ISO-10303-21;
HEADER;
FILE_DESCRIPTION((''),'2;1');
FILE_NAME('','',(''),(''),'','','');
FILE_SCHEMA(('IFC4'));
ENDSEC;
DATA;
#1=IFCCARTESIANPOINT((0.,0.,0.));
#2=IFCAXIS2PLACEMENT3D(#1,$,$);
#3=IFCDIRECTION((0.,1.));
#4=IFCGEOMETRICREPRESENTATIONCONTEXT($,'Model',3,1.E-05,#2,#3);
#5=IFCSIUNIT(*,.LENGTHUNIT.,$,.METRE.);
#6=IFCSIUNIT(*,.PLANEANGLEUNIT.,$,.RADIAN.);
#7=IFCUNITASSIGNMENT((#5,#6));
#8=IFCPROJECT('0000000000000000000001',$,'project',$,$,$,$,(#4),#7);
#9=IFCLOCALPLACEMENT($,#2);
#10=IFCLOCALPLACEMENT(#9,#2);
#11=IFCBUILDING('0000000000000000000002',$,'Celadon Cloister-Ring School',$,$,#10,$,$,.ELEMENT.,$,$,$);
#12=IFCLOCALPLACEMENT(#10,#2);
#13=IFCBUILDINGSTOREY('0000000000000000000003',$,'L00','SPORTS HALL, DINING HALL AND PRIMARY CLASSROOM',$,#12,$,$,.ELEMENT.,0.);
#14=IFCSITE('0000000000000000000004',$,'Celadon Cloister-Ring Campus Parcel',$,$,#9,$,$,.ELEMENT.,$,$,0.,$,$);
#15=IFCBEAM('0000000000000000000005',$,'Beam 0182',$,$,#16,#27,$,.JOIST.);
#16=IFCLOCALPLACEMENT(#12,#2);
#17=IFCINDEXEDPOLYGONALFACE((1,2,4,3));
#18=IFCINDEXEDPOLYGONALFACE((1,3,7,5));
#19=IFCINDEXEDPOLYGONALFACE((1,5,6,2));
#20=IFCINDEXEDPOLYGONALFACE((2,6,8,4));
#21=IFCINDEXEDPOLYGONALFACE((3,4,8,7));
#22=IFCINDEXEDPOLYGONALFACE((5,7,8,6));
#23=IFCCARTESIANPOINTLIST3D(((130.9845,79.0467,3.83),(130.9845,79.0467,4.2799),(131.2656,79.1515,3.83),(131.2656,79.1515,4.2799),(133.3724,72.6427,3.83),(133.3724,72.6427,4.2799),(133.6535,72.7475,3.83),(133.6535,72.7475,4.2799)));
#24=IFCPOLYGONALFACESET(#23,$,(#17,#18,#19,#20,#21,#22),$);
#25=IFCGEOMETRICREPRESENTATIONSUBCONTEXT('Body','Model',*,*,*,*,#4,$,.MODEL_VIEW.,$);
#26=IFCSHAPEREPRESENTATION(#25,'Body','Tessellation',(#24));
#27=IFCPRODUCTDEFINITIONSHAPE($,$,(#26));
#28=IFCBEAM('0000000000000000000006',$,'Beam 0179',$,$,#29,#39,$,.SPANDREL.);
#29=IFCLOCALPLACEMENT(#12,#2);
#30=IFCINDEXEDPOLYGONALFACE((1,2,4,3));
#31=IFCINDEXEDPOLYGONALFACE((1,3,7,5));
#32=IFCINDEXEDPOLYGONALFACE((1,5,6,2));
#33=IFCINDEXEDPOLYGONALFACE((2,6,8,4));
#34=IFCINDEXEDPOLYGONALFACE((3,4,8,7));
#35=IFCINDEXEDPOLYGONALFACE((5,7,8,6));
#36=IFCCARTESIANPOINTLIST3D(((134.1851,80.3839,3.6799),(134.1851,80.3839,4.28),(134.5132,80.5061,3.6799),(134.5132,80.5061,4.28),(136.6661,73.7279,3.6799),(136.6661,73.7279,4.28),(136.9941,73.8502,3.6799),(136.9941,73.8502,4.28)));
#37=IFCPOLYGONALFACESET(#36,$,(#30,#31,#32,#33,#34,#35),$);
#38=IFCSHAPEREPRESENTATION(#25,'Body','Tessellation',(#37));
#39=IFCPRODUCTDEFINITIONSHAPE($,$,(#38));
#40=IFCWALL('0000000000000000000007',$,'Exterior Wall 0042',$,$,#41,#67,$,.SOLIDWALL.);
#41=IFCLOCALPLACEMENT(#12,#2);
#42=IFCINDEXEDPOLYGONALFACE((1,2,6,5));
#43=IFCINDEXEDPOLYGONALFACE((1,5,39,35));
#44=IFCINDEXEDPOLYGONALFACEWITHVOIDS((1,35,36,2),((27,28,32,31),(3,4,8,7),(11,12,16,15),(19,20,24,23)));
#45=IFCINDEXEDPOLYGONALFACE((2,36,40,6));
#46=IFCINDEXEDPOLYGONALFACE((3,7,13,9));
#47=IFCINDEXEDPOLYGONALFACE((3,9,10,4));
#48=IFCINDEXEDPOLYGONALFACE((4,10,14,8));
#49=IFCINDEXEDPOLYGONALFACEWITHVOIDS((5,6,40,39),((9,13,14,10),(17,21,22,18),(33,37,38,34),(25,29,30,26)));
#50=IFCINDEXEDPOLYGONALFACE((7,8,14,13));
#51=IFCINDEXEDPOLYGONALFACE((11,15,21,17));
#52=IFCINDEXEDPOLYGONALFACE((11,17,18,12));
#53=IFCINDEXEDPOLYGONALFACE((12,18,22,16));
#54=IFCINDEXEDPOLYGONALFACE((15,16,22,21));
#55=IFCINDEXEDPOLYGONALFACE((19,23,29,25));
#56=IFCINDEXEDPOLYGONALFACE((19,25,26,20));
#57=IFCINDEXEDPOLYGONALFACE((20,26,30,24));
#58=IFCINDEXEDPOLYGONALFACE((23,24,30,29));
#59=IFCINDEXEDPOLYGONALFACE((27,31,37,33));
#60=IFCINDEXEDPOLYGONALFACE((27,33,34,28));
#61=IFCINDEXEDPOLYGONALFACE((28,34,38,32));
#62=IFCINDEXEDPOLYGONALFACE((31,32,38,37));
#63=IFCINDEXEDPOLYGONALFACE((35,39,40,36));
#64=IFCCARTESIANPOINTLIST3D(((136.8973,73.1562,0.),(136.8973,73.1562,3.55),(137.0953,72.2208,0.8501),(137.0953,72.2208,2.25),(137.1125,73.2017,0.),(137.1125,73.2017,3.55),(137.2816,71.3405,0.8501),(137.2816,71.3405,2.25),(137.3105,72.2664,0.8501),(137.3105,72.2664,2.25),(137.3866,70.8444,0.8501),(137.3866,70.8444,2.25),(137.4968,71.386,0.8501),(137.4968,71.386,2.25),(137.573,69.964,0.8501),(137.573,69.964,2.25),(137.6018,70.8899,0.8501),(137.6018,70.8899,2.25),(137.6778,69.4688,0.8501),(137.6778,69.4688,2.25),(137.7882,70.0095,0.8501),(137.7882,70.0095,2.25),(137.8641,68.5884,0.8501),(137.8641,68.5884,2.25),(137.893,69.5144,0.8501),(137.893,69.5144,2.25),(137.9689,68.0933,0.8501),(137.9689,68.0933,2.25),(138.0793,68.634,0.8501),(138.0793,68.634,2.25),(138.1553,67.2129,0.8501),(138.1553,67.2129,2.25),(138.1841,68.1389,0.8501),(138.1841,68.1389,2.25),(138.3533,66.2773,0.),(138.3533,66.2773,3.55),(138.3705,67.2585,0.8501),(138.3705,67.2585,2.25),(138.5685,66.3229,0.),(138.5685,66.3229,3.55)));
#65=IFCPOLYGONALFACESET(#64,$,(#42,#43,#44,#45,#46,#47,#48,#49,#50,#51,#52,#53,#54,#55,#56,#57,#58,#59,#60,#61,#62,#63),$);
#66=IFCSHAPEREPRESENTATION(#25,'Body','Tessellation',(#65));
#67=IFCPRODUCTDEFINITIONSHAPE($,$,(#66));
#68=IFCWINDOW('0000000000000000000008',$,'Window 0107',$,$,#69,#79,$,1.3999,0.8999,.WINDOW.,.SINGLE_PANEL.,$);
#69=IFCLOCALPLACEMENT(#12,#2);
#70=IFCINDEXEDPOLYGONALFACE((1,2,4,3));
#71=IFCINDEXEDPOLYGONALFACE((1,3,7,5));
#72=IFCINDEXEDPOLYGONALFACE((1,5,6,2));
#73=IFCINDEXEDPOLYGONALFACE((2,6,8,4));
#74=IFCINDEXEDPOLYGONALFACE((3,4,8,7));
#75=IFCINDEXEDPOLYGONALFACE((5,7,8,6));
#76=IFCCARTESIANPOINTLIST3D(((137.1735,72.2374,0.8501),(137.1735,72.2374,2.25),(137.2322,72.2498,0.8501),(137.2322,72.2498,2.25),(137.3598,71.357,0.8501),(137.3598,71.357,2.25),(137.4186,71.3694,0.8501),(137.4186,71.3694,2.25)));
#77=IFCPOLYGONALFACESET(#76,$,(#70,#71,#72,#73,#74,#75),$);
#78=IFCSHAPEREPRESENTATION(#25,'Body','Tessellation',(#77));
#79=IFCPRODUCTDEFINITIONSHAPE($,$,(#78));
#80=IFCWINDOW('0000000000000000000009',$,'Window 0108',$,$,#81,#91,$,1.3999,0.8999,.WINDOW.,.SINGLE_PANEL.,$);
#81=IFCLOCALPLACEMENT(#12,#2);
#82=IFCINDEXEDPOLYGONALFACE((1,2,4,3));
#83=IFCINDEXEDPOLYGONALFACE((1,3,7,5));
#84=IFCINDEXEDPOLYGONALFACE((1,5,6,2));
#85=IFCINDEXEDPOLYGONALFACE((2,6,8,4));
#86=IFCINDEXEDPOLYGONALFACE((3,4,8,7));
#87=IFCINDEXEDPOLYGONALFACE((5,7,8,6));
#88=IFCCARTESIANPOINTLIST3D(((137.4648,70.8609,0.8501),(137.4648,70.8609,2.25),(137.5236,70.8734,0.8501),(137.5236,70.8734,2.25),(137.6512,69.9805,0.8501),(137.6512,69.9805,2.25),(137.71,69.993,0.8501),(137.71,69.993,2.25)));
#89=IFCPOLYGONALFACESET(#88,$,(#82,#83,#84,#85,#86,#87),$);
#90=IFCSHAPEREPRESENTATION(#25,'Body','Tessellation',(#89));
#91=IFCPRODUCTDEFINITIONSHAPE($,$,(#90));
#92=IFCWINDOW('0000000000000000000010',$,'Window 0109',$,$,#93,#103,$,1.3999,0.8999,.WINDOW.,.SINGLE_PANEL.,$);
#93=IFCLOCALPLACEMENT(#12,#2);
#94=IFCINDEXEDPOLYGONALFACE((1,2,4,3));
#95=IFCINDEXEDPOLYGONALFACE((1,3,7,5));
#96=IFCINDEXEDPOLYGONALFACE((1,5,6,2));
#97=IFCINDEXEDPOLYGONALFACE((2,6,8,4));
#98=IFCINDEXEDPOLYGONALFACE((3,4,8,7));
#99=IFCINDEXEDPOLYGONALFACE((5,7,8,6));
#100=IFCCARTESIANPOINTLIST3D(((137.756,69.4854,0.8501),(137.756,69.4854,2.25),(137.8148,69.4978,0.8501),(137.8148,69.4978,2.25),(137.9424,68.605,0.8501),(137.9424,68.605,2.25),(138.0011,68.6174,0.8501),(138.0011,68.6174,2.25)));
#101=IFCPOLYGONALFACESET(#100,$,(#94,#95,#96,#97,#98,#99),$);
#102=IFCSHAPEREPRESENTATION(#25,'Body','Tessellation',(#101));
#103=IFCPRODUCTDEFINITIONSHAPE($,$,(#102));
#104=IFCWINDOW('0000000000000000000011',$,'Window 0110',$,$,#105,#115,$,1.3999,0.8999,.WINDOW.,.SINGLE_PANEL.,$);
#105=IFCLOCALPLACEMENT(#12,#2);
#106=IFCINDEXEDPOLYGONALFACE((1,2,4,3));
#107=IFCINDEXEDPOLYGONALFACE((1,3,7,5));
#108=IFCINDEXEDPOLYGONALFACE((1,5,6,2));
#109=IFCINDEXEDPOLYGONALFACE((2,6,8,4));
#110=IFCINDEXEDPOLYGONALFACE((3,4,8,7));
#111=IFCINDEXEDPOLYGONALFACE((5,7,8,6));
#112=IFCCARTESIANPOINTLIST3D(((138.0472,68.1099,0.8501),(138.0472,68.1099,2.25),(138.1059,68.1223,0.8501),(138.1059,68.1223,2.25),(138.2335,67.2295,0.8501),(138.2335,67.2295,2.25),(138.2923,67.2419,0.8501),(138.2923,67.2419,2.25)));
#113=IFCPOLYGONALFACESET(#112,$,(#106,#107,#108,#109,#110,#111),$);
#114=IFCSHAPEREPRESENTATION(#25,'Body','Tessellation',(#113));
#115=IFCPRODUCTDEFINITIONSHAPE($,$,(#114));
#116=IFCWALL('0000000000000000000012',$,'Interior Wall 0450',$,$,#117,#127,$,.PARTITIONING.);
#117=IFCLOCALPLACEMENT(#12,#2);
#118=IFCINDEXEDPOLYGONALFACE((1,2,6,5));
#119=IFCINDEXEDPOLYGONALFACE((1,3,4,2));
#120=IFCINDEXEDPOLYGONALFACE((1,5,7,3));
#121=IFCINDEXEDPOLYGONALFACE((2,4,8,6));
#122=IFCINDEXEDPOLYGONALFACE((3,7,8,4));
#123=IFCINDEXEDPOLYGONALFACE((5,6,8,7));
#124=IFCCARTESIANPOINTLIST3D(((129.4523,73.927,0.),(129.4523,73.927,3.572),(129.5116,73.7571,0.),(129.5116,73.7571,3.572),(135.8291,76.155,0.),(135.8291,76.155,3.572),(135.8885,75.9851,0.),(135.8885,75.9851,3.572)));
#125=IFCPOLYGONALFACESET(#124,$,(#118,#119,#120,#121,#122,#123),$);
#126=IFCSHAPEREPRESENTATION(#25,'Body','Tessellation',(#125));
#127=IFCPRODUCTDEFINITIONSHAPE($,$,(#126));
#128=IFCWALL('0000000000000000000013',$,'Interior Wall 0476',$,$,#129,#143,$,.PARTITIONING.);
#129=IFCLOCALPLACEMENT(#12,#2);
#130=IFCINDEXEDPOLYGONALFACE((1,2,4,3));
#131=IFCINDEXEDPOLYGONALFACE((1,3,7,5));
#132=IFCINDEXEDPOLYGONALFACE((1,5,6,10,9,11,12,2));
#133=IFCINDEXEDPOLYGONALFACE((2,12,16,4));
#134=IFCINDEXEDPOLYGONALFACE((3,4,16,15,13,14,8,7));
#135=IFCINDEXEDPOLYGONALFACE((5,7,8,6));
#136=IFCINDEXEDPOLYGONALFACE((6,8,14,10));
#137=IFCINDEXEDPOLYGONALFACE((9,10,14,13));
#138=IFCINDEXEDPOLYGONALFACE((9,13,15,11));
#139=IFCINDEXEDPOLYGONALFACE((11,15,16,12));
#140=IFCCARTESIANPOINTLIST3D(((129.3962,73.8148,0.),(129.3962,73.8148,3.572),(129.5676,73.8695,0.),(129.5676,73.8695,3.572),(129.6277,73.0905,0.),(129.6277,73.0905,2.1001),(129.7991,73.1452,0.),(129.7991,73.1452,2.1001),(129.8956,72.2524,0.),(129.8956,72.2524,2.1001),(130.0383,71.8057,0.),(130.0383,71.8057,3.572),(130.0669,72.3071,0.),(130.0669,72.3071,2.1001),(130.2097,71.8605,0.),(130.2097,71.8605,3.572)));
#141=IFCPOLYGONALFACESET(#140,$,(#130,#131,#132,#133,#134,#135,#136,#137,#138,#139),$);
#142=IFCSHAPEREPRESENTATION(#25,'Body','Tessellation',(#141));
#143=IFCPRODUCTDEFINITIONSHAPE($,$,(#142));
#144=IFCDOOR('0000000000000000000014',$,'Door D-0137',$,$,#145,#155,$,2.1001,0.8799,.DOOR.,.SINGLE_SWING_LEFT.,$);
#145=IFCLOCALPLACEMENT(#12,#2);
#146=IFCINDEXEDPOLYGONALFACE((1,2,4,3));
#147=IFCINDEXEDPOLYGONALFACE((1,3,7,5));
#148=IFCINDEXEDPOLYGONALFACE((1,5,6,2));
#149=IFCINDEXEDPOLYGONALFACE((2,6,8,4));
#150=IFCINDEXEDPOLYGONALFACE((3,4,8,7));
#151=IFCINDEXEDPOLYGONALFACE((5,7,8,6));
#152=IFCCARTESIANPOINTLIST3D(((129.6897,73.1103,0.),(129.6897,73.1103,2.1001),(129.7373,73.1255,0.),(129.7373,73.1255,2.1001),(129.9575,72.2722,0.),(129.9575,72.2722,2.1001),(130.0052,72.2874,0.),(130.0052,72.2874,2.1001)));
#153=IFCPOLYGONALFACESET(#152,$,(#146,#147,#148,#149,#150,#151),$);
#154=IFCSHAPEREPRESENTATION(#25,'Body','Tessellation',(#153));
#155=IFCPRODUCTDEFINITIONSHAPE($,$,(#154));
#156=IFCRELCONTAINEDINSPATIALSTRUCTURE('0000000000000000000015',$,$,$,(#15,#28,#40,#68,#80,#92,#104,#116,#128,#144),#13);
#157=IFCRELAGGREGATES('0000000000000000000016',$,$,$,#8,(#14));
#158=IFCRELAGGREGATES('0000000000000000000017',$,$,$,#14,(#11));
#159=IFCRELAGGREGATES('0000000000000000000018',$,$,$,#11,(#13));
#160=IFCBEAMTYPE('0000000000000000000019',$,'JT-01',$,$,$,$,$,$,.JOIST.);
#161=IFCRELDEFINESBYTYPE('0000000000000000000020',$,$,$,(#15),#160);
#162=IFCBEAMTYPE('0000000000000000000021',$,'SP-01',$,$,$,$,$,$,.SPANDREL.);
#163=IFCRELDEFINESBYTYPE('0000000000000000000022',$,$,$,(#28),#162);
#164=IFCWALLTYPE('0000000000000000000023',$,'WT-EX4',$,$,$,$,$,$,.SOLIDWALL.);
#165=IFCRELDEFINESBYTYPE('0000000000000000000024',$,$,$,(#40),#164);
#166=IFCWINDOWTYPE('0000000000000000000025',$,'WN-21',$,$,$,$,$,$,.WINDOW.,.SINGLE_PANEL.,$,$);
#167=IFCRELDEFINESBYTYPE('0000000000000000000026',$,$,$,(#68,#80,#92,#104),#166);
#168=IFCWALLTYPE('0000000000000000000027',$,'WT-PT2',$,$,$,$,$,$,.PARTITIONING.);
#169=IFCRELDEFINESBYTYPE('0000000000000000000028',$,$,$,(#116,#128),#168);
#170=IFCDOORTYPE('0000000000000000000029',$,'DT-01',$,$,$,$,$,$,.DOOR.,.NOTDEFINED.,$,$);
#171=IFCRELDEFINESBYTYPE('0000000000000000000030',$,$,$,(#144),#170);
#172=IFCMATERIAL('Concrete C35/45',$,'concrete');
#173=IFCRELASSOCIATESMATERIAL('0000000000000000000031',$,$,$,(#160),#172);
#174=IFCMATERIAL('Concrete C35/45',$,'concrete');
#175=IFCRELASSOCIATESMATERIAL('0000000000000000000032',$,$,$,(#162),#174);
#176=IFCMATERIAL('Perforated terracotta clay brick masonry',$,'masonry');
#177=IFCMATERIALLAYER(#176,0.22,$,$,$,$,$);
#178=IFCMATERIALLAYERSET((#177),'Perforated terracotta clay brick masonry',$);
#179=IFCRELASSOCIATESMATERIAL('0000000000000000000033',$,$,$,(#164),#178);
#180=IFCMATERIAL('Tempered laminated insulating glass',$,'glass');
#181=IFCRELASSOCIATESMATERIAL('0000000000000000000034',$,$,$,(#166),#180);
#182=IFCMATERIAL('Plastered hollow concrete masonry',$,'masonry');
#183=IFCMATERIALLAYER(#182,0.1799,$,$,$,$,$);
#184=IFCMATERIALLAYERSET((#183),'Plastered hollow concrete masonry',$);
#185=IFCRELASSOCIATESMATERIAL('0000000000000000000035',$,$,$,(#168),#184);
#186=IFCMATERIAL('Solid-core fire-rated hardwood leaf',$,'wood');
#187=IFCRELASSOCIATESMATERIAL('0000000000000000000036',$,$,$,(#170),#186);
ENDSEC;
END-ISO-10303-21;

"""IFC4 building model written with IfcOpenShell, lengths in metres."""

from ifc_helpers import new_model, si_unit, direction, frame, frame_2d, origin, origin_2d, place, context, subcontext, project, spatial, rectangle, extrude, material, layer, layer_set, material_profile, profile_set, type_object, element, fill, save


model = new_model("IFC4")

# Units and contexts
model_context = context("Model", 3, precision=1e-05, world=origin(), true_north=direction((0.0, 1.0)))
body_context = subcontext(model_context, "Body", "Model", "MODEL_VIEW")
ifc_project = project(units=[si_unit("LENGTHUNIT", "METRE"), si_unit("PLANEANGLEUNIT", "RADIAN")], contexts=[model_context])

# Site, building, storey
site_placement = place(None, origin())
site = spatial("IfcSite", under=ifc_project, at=site_placement, Name="Celadon Cloister-Ring Campus Parcel", CompositionType="ELEMENT", RefElevation=0.0)
building_placement = place(site_placement, origin())
building = spatial("IfcBuilding", under=site, at=building_placement, Name="Celadon Cloister-Ring School", CompositionType="ELEMENT")
storey_placement = place(building_placement, origin())
storey = spatial("IfcBuildingStorey", under=building, at=storey_placement, Name="L00", Description="SPORTS HALL, DINING HALL AND PRIMARY CLASSROOM", CompositionType="ELEMENT", Elevation=0.0)

# Beams
ifc_material_1 = material(Name="Concrete C35/45", Category="concrete")
ifc_material_profile_1 = material_profile(ifc_material_1, rectangle(XDim=0.3, YDim=0.45, at=origin_2d()), Name="RC300X450")
ifc_profile_set_1 = profile_set([ifc_material_profile_1], Name="Concrete C35/45")
beam_type_1 = type_object("IfcBeamType", Name="JT-01", PredefinedType="JOIST", material=ifc_profile_set_1)
beam_1_placement = place(storey_placement, frame((133.5129, 72.6951, 4.0549), z_axis=(-0.349381, 0.936981, 0.0), x_axis=(-0.936981, -0.349381, 0.0)))
element("IfcBeam", 1, at=beam_1_placement, inside=storey, type_object=beam_type_1, Name="Beam 0182", PredefinedType="JOIST", context=body_context, shape_type="SweptSolid", body=[
    extrude(rectangle(XDim=0.3, YDim=0.45, at=origin_2d()), origin(), (0.0, 0.0, 1.0), 6.8347),
])
ifc_material_2 = material(Name="Concrete C35/45", Category="concrete")
ifc_material_profile_2 = material_profile(ifc_material_2, rectangle(XDim=0.3501, YDim=0.6001, at=origin_2d()), Name="RC350X600")
ifc_profile_set_2 = profile_set([ifc_material_profile_2], Name="Concrete C35/45")
beam_type_2 = type_object("IfcBeamType", Name="SP-01", PredefinedType="SPANDREL", material=ifc_profile_set_2)
beam_2_placement = place(storey_placement, frame((136.8301, 73.7891, 3.98), z_axis=(-0.349266, 0.937024, 0.0), x_axis=(-0.937024, -0.349266, 0.0)))
element("IfcBeam", 2, at=beam_2_placement, inside=storey, type_object=beam_type_2, Name="Beam 0179", PredefinedType="SPANDREL", context=body_context, shape_type="SweptSolid", body=[
    extrude(rectangle(XDim=0.3501, YDim=0.6001, at=origin_2d()), origin(), (0.0, 0.0, 1.0), 7.1033),
])

# Wall, openings, windows
ifc_material_3 = material(Name="Perforated terracotta clay brick masonry", Category="masonry")
ifc_layer_1 = layer(ifc_material_3, 0.22)
ifc_layer_set_1 = layer_set([ifc_layer_1], Name="Perforated terracotta clay brick masonry")
wall_type_1 = type_object("IfcWallType", Name="WT-EX4", PredefinedType="SOLIDWALL", material=ifc_layer_set_1)
wall_1_placement = place(storey_placement, frame((137.0049, 73.179, 0.0), z_axis=(0.0, 0.0, 1.0), x_axis=(0.207081, -0.978324, 0.0)))
wall_1 = element("IfcWall", 3, at=wall_1_placement, inside=storey, type_object=wall_type_1, Name="Exterior Wall 0042", PredefinedType="SOLIDWALL", context=body_context, shape_type="SweptSolid", body=[
    extrude(rectangle(XDim=7.0312, YDim=0.22, at=frame_2d((3.5156, 0.0))), origin(), (0.0, 0.0, 1.0), 3.55),
])
opening_1_placement = place(wall_1_placement, frame((0.9561, 0.0, 0.8501)))
opening_1 = element("IfcOpeningElement", 4, at=opening_1_placement, cuts=wall_1, PredefinedType="OPENING", context=body_context, shape_type="SweptSolid", body=[
    extrude(rectangle(XDim=0.8999, YDim=1.3999, at=frame_2d((0.45, 0.7))), frame((0.0, 0.1201, 0.0), z_axis=(0.0, -1.0, 0.0), x_axis=(1.0, 0.0, 0.0)), (0.0, 0.0, 1.0), 0.24),
])
opening_2_placement = place(wall_1_placement, frame((2.363, 0.0, 0.8501)))
opening_2 = element("IfcOpeningElement", 5, at=opening_2_placement, cuts=wall_1, PredefinedType="OPENING", context=body_context, shape_type="SweptSolid", body=[
    extrude(rectangle(XDim=0.8999, YDim=1.3999, at=frame_2d((0.45, 0.7))), frame((0.0, 0.1201, 0.0), z_axis=(0.0, -1.0, 0.0), x_axis=(1.0, 0.0, 0.0)), (0.0, 0.0, 1.0), 0.24),
])
opening_3_placement = place(wall_1_placement, frame((3.769, 0.0, 0.8501)))
opening_3 = element("IfcOpeningElement", 6, at=opening_3_placement, cuts=wall_1, PredefinedType="OPENING", context=body_context, shape_type="SweptSolid", body=[
    extrude(rectangle(XDim=0.8999, YDim=1.3999, at=frame_2d((0.45, 0.7))), frame((0.0, 0.1201, 0.0), z_axis=(0.0, -1.0, 0.0), x_axis=(1.0, 0.0, 0.0)), (0.0, 0.0, 1.0), 0.24),
])
opening_4_placement = place(wall_1_placement, frame((5.175, 0.0, 0.8501)))
opening_4 = element("IfcOpeningElement", 7, at=opening_4_placement, cuts=wall_1, PredefinedType="OPENING", context=body_context, shape_type="SweptSolid", body=[
    extrude(rectangle(XDim=0.8999, YDim=1.3999, at=frame_2d((0.45, 0.7))), frame((0.0, 0.1201, 0.0), z_axis=(0.0, -1.0, 0.0), x_axis=(1.0, 0.0, 0.0)), (0.0, 0.0, 1.0), 0.24),
])
ifc_material_4 = material(Name="Tempered laminated insulating glass", Category="glass")
window_type = type_object("IfcWindowType", Name="WN-21", PartitioningType="SINGLE_PANEL", PredefinedType="WINDOW", material=ifc_material_4)
window_1_placement = place(opening_1_placement, origin())
window_1 = element("IfcWindow", 8, at=window_1_placement, inside=storey, type_object=window_type, Name="Window 0107", OverallHeight=1.3999, OverallWidth=0.8999, PartitioningType="SINGLE_PANEL", PredefinedType="WINDOW", context=body_context, shape_type="SweptSolid", body=[
    extrude(rectangle(XDim=0.8999, YDim=1.3999, at=frame_2d((0.45, 0.7))), frame((0.0, 0.03, 0.0), z_axis=(0.0, -1.0, 0.0), x_axis=(1.0, 0.0, 0.0)), (0.0, 0.0, 1.0), 0.0601),
])
fill(opening_1, window_1)
window_2_placement = place(opening_2_placement, origin())
window_2 = element("IfcWindow", 9, at=window_2_placement, inside=storey, type_object=window_type, Name="Window 0108", OverallHeight=1.3999, OverallWidth=0.8999, PartitioningType="SINGLE_PANEL", PredefinedType="WINDOW", context=body_context, shape_type="SweptSolid", body=[
    extrude(rectangle(XDim=0.8999, YDim=1.3999, at=frame_2d((0.45, 0.7))), frame((0.0, 0.03, 0.0), z_axis=(0.0, -1.0, 0.0), x_axis=(1.0, 0.0, 0.0)), (0.0, 0.0, 1.0), 0.0601),
])
fill(opening_2, window_2)
window_3_placement = place(opening_3_placement, origin())
window_3 = element("IfcWindow", 10, at=window_3_placement, inside=storey, type_object=window_type, Name="Window 0109", OverallHeight=1.3999, OverallWidth=0.8999, PartitioningType="SINGLE_PANEL", PredefinedType="WINDOW", context=body_context, shape_type="SweptSolid", body=[
    extrude(rectangle(XDim=0.8999, YDim=1.3999, at=frame_2d((0.45, 0.7))), frame((0.0, 0.03, 0.0), z_axis=(0.0, -1.0, 0.0), x_axis=(1.0, 0.0, 0.0)), (0.0, 0.0, 1.0), 0.0601),
])
fill(opening_3, window_3)
window_4_placement = place(opening_4_placement, origin())
window_4 = element("IfcWindow", 11, at=window_4_placement, inside=storey, type_object=window_type, Name="Window 0110", OverallHeight=1.3999, OverallWidth=0.8999, PartitioningType="SINGLE_PANEL", PredefinedType="WINDOW", context=body_context, shape_type="SweptSolid", body=[
    extrude(rectangle(XDim=0.8999, YDim=1.3999, at=frame_2d((0.45, 0.7))), frame((0.0, 0.03, 0.0), z_axis=(0.0, -1.0, 0.0), x_axis=(1.0, 0.0, 0.0)), (0.0, 0.0, 1.0), 0.0601),
])
fill(opening_4, window_4)

# Wall
ifc_material_5 = material(Name="Plastered hollow concrete masonry", Category="masonry")
ifc_layer_2 = layer(ifc_material_5, 0.1799)
ifc_layer_set_2 = layer_set([ifc_layer_2], Name="Plastered hollow concrete masonry")
wall_type_2 = type_object("IfcWallType", Name="WT-PT2", PredefinedType="PARTITIONING", material=ifc_layer_set_2)
wall_2_placement = place(storey_placement, frame((129.4819, 73.842, 0.0), z_axis=(0.0, 0.0, 1.0), x_axis=(0.944039, 0.329835, 0.0)))
element("IfcWall", 12, at=wall_2_placement, inside=storey, type_object=wall_type_2, Name="Interior Wall 0450", PredefinedType="PARTITIONING", context=body_context, shape_type="SweptSolid", body=[
    extrude(rectangle(XDim=6.7549, YDim=0.1799, at=frame_2d((3.3774, 0.0))), origin(), (0.0, 0.0, 1.0), 3.572),
])

# Wall, opening, door
wall_3_placement = place(storey_placement, frame((130.124, 71.833, 0.0), z_axis=(0.0, 0.0, 1.0), x_axis=(-0.304431, 0.952534, 0.0)))
wall_3 = element("IfcWall", 13, at=wall_3_placement, inside=storey, type_object=wall_type_2, Name="Interior Wall 0476", PredefinedType="PARTITIONING", context=body_context, shape_type="SweptSolid", body=[
    extrude(rectangle(XDim=2.1091, YDim=0.1799, at=frame_2d((1.0547, 0.0))), origin(), (0.0, 0.0, 1.0), 3.572),
])
opening_5_placement = place(wall_3_placement, frame((0.469, 0.0, 0.0)))
opening_5 = element("IfcOpeningElement", 14, at=opening_5_placement, cuts=wall_3, PredefinedType="OPENING", context=body_context, shape_type="SweptSolid", body=[
    extrude(rectangle(XDim=0.8799, YDim=2.1001, at=frame_2d((0.4399, 1.05))), frame((0.0, 0.1001, 0.0), z_axis=(0.0, -1.0, 0.0), x_axis=(1.0, 0.0, 0.0)), (0.0, 0.0, 1.0), 0.2),
])
ifc_material_6 = material(Name="Solid-core fire-rated hardwood leaf", Category="wood")
door_type = type_object("IfcDoorType", Name="DT-01", OperationType="NOTDEFINED", PredefinedType="DOOR", material=ifc_material_6)
door_1_placement = place(opening_5_placement, origin())
door_1 = element("IfcDoor", 15, at=door_1_placement, inside=storey, type_object=door_type, Name="Door D-0137", OperationType="SINGLE_SWING_LEFT", OverallHeight=2.1001, OverallWidth=0.8799, PredefinedType="DOOR", context=body_context, shape_type="SweptSolid", body=[
    extrude(rectangle(XDim=0.8799, YDim=2.1001, at=frame_2d((0.4399, 1.05))), frame((0.0, 0.0249, 0.0), z_axis=(0.0, -1.0, 0.0), x_axis=(1.0, 0.0, 0.0)), (0.0, 0.0, 1.0), 0.05),
])
fill(opening_5, door_1)

save(model, "model.ifc")
